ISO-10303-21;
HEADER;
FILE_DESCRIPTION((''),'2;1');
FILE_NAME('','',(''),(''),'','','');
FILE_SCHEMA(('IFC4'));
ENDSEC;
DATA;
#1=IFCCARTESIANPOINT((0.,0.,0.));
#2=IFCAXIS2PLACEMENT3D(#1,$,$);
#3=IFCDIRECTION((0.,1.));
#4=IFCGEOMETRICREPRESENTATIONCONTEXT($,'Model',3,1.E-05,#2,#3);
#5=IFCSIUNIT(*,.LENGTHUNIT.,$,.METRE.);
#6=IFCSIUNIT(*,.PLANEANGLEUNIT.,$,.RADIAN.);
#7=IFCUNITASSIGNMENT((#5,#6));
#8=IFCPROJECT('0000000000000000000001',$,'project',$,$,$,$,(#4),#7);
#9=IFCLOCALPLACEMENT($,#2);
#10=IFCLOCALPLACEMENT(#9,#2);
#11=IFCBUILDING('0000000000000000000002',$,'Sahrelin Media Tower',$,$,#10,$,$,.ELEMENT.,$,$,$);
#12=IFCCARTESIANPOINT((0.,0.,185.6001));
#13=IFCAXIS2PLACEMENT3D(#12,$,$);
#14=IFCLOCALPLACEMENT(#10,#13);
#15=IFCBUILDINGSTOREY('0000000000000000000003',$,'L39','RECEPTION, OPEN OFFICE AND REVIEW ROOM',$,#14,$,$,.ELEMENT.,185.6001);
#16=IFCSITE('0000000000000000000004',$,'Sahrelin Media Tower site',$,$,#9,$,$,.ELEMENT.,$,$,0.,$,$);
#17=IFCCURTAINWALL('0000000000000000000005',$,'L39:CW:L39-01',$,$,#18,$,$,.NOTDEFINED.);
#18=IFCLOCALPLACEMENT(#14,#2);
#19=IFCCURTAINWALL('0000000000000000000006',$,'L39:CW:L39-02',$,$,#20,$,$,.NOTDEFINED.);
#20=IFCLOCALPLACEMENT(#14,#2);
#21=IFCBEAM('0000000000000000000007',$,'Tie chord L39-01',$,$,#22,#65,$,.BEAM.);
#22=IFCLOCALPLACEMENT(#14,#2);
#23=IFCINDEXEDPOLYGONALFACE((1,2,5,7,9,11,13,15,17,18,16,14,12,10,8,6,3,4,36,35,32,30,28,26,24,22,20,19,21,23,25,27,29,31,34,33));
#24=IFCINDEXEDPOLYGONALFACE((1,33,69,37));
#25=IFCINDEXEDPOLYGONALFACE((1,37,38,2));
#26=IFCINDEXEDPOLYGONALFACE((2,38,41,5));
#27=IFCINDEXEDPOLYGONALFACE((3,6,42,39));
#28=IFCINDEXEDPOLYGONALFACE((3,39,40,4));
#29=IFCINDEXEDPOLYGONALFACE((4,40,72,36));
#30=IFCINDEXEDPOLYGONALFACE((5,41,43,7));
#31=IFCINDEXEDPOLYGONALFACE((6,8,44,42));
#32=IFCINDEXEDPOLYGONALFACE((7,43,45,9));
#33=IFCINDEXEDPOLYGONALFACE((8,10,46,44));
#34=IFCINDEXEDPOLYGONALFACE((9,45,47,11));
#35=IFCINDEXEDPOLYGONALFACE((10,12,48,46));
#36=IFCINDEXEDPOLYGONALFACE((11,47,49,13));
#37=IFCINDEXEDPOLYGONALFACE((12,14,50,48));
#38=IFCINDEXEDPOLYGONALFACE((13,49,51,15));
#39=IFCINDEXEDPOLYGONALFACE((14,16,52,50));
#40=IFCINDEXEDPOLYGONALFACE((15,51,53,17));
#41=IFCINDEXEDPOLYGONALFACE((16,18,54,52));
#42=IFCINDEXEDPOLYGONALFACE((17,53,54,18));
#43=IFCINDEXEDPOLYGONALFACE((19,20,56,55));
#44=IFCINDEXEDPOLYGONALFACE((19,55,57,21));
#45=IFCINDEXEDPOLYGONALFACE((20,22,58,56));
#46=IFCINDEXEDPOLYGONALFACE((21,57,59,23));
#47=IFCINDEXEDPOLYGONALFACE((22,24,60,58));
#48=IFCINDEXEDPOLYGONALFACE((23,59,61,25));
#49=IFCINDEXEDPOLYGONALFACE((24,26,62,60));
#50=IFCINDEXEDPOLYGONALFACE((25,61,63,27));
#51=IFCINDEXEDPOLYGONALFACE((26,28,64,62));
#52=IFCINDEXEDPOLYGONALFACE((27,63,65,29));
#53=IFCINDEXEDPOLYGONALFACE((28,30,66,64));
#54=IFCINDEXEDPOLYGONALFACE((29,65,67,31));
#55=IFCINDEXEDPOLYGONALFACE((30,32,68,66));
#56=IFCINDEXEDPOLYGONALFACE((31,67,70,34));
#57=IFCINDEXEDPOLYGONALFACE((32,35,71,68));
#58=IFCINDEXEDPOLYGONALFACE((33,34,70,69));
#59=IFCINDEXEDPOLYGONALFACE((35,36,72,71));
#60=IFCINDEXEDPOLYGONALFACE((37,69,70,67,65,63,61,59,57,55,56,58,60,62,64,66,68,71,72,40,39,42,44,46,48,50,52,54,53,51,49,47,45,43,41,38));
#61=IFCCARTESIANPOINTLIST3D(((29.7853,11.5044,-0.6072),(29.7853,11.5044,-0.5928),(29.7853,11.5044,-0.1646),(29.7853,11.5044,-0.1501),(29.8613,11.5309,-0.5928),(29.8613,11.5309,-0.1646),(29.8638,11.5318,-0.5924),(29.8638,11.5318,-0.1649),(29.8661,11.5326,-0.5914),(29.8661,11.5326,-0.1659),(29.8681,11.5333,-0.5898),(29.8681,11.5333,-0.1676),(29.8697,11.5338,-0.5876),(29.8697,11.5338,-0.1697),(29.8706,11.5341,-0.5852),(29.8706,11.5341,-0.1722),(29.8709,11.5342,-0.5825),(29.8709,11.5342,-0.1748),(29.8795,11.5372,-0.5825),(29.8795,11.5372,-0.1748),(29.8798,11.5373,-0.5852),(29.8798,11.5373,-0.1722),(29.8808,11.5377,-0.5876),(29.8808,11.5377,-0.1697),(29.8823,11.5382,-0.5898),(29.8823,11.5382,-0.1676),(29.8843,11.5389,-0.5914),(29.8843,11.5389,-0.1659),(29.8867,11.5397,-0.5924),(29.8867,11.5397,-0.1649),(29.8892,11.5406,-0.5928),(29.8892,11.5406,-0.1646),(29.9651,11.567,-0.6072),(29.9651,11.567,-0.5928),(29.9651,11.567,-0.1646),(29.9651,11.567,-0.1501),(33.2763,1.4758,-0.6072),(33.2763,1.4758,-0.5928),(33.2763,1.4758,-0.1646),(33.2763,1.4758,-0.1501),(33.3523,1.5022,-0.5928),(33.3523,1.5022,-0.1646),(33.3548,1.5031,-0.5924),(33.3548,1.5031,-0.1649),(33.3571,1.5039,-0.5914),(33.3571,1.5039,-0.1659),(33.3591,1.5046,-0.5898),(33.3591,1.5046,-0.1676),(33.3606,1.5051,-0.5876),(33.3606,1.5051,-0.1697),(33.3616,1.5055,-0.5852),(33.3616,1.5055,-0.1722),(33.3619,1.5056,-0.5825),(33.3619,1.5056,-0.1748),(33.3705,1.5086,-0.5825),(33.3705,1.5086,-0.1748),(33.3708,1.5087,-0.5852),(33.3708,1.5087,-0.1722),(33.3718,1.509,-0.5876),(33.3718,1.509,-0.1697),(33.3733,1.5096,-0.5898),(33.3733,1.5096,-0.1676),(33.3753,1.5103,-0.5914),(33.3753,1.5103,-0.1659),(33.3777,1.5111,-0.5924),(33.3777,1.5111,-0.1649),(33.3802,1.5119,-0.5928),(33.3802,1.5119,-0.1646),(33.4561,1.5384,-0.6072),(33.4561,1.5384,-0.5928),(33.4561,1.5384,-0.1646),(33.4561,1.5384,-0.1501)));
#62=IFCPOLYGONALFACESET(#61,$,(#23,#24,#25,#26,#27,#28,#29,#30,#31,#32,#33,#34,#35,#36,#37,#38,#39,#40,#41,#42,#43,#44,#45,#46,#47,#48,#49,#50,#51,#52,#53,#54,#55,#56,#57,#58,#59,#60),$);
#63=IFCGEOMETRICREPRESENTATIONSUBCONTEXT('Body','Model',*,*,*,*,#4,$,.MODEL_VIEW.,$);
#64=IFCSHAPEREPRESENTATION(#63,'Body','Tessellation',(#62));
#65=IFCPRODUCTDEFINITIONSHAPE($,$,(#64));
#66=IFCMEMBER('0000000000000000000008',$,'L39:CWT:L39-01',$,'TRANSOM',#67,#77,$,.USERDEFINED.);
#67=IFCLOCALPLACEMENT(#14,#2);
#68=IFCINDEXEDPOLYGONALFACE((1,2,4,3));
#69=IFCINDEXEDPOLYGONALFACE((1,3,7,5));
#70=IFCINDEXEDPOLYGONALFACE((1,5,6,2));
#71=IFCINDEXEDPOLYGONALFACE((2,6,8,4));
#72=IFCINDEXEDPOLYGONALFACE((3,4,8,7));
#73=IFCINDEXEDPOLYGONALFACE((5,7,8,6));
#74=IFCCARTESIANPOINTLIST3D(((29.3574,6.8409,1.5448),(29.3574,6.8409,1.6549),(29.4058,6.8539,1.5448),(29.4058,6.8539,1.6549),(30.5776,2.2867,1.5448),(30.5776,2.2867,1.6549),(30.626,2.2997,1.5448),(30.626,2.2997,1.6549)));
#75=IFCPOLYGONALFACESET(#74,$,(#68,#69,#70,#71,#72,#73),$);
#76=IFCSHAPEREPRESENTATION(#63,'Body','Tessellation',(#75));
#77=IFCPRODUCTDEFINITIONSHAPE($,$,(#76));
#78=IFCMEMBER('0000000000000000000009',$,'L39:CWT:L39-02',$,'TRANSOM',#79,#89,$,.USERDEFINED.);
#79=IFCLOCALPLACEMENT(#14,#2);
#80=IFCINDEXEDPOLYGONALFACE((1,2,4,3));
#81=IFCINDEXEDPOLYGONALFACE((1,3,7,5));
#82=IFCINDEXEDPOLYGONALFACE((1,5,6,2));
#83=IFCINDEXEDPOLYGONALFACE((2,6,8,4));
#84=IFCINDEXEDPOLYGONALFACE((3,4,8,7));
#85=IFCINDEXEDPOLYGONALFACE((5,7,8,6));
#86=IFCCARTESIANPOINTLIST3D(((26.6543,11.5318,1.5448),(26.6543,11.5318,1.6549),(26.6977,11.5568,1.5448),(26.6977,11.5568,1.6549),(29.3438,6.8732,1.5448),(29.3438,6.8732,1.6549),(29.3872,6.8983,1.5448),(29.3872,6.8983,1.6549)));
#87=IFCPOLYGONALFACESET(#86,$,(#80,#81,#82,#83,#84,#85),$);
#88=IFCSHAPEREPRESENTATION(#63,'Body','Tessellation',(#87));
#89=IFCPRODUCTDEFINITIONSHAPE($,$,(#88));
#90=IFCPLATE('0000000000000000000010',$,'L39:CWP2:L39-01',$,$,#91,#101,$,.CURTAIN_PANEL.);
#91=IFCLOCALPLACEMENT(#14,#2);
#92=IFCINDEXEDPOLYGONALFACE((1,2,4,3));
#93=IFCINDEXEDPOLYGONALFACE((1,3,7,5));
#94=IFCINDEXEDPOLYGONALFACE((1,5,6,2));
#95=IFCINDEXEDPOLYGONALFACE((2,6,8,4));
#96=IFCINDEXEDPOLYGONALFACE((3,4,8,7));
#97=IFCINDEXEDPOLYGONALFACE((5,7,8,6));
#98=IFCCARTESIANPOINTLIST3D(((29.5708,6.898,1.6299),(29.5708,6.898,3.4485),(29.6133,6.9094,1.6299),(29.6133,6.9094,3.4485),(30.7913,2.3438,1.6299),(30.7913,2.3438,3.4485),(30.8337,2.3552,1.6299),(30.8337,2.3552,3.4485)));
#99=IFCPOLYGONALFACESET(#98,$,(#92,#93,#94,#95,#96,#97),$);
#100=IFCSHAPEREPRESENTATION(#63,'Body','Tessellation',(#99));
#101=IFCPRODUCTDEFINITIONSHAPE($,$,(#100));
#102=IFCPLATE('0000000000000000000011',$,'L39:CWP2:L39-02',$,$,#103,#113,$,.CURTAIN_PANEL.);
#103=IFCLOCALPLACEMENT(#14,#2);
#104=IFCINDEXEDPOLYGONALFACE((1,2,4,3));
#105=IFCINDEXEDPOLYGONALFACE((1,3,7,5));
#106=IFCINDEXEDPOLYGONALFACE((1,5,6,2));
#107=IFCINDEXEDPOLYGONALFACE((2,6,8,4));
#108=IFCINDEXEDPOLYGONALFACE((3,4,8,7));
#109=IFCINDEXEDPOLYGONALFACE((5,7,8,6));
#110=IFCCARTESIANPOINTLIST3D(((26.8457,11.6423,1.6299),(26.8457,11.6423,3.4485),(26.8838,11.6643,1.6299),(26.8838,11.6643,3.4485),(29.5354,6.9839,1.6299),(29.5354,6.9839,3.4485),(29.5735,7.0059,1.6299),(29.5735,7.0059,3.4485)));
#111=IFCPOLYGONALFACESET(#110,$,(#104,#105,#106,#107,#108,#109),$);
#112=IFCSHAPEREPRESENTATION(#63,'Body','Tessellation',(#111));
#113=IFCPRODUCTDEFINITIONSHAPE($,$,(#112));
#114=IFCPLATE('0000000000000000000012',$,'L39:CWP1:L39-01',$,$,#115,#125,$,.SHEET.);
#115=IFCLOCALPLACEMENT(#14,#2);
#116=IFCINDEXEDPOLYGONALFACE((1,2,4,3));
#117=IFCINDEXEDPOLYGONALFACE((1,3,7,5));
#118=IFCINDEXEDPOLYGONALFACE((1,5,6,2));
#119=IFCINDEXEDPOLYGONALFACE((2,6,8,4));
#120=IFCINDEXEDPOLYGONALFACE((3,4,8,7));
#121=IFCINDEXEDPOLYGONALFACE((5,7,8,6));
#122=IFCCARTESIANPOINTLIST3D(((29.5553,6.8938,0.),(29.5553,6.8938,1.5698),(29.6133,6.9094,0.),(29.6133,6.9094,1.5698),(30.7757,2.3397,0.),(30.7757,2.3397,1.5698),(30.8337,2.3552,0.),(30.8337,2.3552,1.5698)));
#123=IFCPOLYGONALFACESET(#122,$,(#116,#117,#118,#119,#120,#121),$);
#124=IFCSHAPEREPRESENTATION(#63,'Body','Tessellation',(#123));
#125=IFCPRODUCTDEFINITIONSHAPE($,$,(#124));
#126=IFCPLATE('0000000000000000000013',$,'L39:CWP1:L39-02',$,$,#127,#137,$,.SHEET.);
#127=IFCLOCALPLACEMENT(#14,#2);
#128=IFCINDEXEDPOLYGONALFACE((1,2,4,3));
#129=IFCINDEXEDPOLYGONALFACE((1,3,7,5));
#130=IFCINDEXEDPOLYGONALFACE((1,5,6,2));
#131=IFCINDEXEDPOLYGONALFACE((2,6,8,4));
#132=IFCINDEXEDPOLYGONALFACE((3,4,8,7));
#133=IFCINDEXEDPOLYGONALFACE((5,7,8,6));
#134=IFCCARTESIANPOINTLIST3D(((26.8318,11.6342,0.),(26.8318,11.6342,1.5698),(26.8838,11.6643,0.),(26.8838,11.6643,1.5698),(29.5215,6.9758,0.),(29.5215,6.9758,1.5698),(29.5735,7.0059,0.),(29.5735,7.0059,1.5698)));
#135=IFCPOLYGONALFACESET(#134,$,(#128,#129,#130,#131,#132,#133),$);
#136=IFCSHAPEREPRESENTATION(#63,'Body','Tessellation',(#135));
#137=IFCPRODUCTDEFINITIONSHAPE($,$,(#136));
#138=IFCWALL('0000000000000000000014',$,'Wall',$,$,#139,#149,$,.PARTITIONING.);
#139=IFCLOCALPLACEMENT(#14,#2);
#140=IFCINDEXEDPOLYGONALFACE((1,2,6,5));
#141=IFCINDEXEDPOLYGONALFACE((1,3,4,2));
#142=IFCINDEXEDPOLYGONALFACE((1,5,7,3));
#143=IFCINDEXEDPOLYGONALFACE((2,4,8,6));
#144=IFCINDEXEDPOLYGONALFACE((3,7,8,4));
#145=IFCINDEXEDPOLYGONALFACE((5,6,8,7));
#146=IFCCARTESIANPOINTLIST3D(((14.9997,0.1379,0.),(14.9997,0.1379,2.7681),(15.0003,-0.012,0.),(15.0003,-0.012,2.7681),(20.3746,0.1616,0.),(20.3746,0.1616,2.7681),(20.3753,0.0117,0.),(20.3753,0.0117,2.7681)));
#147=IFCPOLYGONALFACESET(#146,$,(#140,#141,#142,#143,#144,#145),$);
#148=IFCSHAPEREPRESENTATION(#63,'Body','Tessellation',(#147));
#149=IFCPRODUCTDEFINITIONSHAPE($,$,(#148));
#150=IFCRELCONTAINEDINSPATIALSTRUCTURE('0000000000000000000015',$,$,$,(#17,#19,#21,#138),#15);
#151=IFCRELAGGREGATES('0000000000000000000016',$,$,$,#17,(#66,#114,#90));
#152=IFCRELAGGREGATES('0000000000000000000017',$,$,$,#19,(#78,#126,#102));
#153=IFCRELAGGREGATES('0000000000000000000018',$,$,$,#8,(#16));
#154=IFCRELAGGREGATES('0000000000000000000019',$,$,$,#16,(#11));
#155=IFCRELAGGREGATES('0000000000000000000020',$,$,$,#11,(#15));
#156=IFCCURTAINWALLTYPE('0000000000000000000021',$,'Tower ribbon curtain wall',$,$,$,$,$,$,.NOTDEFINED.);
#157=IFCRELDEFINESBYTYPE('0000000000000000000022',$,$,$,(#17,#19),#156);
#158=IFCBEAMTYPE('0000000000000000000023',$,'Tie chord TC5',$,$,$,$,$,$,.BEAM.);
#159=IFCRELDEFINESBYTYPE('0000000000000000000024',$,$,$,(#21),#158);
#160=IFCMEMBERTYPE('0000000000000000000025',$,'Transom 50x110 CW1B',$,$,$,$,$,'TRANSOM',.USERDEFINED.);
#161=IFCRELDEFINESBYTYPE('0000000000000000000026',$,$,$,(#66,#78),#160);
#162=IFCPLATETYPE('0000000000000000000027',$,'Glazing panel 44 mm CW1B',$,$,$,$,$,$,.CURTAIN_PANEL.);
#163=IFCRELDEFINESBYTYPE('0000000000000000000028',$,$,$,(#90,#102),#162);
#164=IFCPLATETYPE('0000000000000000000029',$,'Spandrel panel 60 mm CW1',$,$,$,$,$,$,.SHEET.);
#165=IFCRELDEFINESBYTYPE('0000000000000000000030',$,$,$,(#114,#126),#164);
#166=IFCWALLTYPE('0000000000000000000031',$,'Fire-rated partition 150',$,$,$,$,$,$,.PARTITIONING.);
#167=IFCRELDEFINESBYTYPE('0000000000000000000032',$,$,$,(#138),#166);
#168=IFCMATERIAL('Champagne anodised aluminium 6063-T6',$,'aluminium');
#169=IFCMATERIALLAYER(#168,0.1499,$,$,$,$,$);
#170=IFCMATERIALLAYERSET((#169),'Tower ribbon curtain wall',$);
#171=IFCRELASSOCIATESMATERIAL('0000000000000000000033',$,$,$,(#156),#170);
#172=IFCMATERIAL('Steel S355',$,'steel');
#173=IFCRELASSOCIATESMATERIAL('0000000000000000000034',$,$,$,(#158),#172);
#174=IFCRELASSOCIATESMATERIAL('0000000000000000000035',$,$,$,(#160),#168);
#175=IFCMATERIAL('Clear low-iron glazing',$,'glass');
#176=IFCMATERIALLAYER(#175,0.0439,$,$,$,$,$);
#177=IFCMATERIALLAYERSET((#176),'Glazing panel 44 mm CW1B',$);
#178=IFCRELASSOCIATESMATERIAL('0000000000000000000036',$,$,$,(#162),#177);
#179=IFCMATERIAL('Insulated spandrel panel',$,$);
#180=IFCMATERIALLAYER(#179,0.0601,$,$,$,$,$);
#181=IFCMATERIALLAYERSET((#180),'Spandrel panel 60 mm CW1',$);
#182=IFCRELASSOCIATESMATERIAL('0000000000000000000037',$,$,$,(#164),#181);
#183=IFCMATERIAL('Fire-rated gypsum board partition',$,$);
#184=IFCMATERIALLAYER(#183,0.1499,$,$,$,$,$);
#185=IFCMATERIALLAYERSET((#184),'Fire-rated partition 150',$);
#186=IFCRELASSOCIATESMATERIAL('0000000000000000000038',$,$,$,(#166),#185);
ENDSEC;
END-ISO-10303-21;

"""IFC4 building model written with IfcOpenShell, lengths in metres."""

from ifc_helpers import new_model, si_unit, direction, frame, frame_2d, origin, origin_2d, place, context, subcontext, project, spatial, polyline, rectangle, i_section, outline, extrude, material, layer, layer_set, material_profile, profile_set, type_object, element, aggregate, save


model = new_model("IFC4")

# Units and contexts
model_context = context("Model", 3, precision=1e-05, world=origin(), true_north=direction((0.0, 1.0)))
body_context = subcontext(model_context, "Body", "Model", "MODEL_VIEW")
ifc_project = project(units=[si_unit("LENGTHUNIT", "METRE"), si_unit("PLANEANGLEUNIT", "RADIAN")], contexts=[model_context])

# Site, building, storey
site_placement = place(None, origin())
site = spatial("IfcSite", under=ifc_project, at=site_placement, Name="Sahrelin Media Tower site", CompositionType="ELEMENT", RefElevation=0.0)
building_placement = place(site_placement, origin())
building = spatial("IfcBuilding", under=site, at=building_placement, Name="Sahrelin Media Tower", CompositionType="ELEMENT")
storey_placement = place(building_placement, frame((0.0, 0.0, 185.6001)))
storey = spatial("IfcBuildingStorey", under=building, at=storey_placement, Name="L39", Description="RECEPTION, OPEN OFFICE AND REVIEW ROOM", CompositionType="ELEMENT", Elevation=185.6001)

# Shared definitions
ifc_material_1 = material(Name="Steel S355", Category="steel")

# Curtain walls
ifc_material_2 = material(Name="Champagne anodised aluminium 6063-T6", Category="aluminium")
ifc_layer_1 = layer(ifc_material_2, 0.1499)
ifc_layer_set_1 = layer_set([ifc_layer_1], Name="Tower ribbon curtain wall")
curtain_wall_type = type_object("IfcCurtainWallType", Name="Tower ribbon curtain wall", PredefinedType="NOTDEFINED", material=ifc_layer_set_1)
curtain_wall_1_placement = place(storey_placement, frame((30.2041, 4.6272, 0.0), z_axis=(0.0, 0.0, 1.0), x_axis=(1.0, 0.0, 0.0)))
curtain_wall_1 = element("IfcCurtainWall", 1, at=curtain_wall_1_placement, inside=storey, type_object=curtain_wall_type, Name="L39:CW:L39-01", PredefinedType="NOTDEFINED")
curtain_wall_2_placement = place(storey_placement, frame((28.2112, 9.325, 0.0), z_axis=(0.0, 0.0, 1.0), x_axis=(1.0, 0.0, 0.0)))
curtain_wall_2 = element("IfcCurtainWall", 2, at=curtain_wall_2_placement, inside=storey, type_object=curtain_wall_type, Name="L39:CW:L39-02", PredefinedType="NOTDEFINED")

# Beam
ifc_material_profile_1 = material_profile(ifc_material_1, i_section(OverallWidth=0.1904, OverallDepth=0.457, WebThickness=0.009, FlangeThickness=0.0144, FilletRadius=0.0103, at=origin_2d()), Name="UB 457x191x74")
ifc_profile_set_1 = profile_set([ifc_material_profile_1], Name="Steel S355")
beam_type_1 = type_object("IfcBeamType", Name="Tie chord TC5", PredefinedType="BEAM", material=ifc_profile_set_1)
beam_1_placement = place(storey_placement, frame((33.3662, 1.5071, -0.3787), z_axis=(-0.328753, 0.944416, 0.0), x_axis=(-0.944416, -0.328753, 0.0)))
element("IfcBeam", 3, at=beam_1_placement, inside=storey, type_object=beam_type_1, Name="Tie chord L39-01", PredefinedType="BEAM", context=body_context, shape_type="SweptSolid", body=[
    extrude(i_section(OverallWidth=0.1904, OverallDepth=0.457, WebThickness=0.009, FlangeThickness=0.0144, FilletRadius=0.0103, at=origin_2d()), origin(), (0.0, 0.0, 1.0), 10.6189),
])

# Members
ifc_material_profile_2 = material_profile(ifc_material_2, rectangle(XDim=0.05, YDim=0.1101, at=origin_2d()), Name="Transom 50x110")
ifc_profile_set_2 = profile_set([ifc_material_profile_2], Name="Champagne anodised aluminium 6063-T6")
member_type_1 = type_object("IfcMemberType", Name="Transom 50x110 CW1B", ElementType="TRANSOM", PredefinedType="USERDEFINED", material=ifc_profile_set_2)
member_1_placement = place(storey_placement, frame((30.6018, 2.2932, 1.5999), z_axis=(-0.258803, 0.96593, 0.0), x_axis=(-0.96593, -0.258803, 0.0)))
member_1 = element("IfcMember", 4, at=member_1_placement, type_object=member_type_1, Name="L39:CWT:L39-01", ObjectType="TRANSOM", PredefinedType="USERDEFINED", context=body_context, shape_type="SweptSolid", body=[
    extrude(rectangle(XDim=0.05, YDim=0.1101, at=origin_2d()), origin(), (0.0, 0.0, 1.0), 4.7148),
])
member_2_placement = place(storey_placement, frame((29.3655, 6.8857, 1.5999), z_axis=(-0.499986, 0.866034, 0.0), x_axis=(-0.866034, -0.499986, 0.0)))
member_2 = element("IfcMember", 5, at=member_2_placement, type_object=member_type_1, Name="L39:CWT:L39-02", ObjectType="TRANSOM", PredefinedType="USERDEFINED", context=body_context, shape_type="SweptSolid", body=[
    extrude(rectangle(XDim=0.05, YDim=0.1101, at=origin_2d()), origin(), (0.0, 0.0, 1.0), 5.3792),
])

# Plates
ifc_material_3 = material(Name="Clear low-iron glazing", Category="glass")
ifc_layer_2 = layer(ifc_material_3, 0.0439)
ifc_layer_set_2 = layer_set([ifc_layer_2], Name="Glazing panel 44 mm CW1B")
plate_type_1 = type_object("IfcPlateType", Name="Glazing panel 44 mm CW1B", PredefinedType="CURTAIN_PANEL", material=ifc_layer_set_2)
plate_1_placement = place(storey_placement, frame((30.8337, 2.3552, 1.6299), z_axis=(0.965917, 0.258852, 0.0), x_axis=(-0.258852, 0.965917, 0.0)))
plate_1 = element("IfcPlate", 6, at=plate_1_placement, type_object=plate_type_1, Name="L39:CWP2:L39-01", PredefinedType="CURTAIN_PANEL", context=body_context, shape_type="SweptSolid", body=[
    extrude(outline(polyline([(0.0, 0.0), (4.7148, 0.0), (4.7148, 1.8186), (0.0, 1.8186), (0.0, 0.0)])), origin(), (0.0, 0.0, -1.0), 0.0439),
])
plate_2_placement = place(storey_placement, frame((29.5735, 7.0059, 1.6299), z_axis=(0.866014, 0.50002, 0.0), x_axis=(-0.50002, 0.866014, 0.0)))
plate_2 = element("IfcPlate", 7, at=plate_2_placement, type_object=plate_type_1, Name="L39:CWP2:L39-02", PredefinedType="CURTAIN_PANEL", context=body_context, shape_type="SweptSolid", body=[
    extrude(outline(polyline([(0.0, 0.0), (5.3792, 0.0), (5.3792, 1.8186), (0.0, 1.8186), (0.0, 0.0)])), origin(), (0.0, 0.0, -1.0), 0.0439),
])
ifc_material_4 = material(Name="Insulated spandrel panel")
ifc_layer_3 = layer(ifc_material_4, 0.0601)
ifc_layer_set_3 = layer_set([ifc_layer_3], Name="Spandrel panel 60 mm CW1")
plate_type_2 = type_object("IfcPlateType", Name="Spandrel panel 60 mm CW1", PredefinedType="SHEET", material=ifc_layer_set_3)
plate_3_placement = place(storey_placement, frame((30.8337, 2.3552, 0.0), z_axis=(0.965917, 0.258852, 0.0), x_axis=(-0.258852, 0.965917, 0.0)))
plate_3 = element("IfcPlate", 8, at=plate_3_placement, type_object=plate_type_2, Name="L39:CWP1:L39-01", PredefinedType="SHEET", context=body_context, shape_type="SweptSolid", body=[
    extrude(outline(polyline([(0.0, 0.0), (4.7148, 0.0), (4.7148, 1.5698), (0.0, 1.5698), (0.0, 0.0)])), origin(), (0.0, 0.0, -1.0), 0.0601),
])
aggregate(curtain_wall_1, [member_1, plate_3, plate_1])
plate_4_placement = place(storey_placement, frame((29.5735, 7.0059, 0.0), z_axis=(0.866014, 0.50002, 0.0), x_axis=(-0.50002, 0.866014, 0.0)))
plate_4 = element("IfcPlate", 9, at=plate_4_placement, type_object=plate_type_2, Name="L39:CWP1:L39-02", PredefinedType="SHEET", context=body_context, shape_type="SweptSolid", body=[
    extrude(outline(polyline([(0.0, 0.0), (5.3792, 0.0), (5.3792, 1.5698), (0.0, 1.5698), (0.0, 0.0)])), origin(), (0.0, 0.0, -1.0), 0.0601),
])
aggregate(curtain_wall_2, [member_2, plate_4, plate_2])

# Wall
ifc_material_5 = material(Name="Fire-rated gypsum board partition")
ifc_layer_4 = layer(ifc_material_5, 0.1499)
ifc_layer_set_4 = layer_set([ifc_layer_4], Name="Fire-rated partition 150")
wall_type = type_object("IfcWallType", Name="Fire-rated partition 150", PredefinedType="PARTITIONING", material=ifc_layer_set_4)
wall_placement = place(storey_placement, frame((15.0, 0.063, 0.0), z_axis=(0.0, 0.0, 1.0), x_axis=(0.99999, 0.004406, 0.0)))
element("IfcWall", 10, at=wall_placement, inside=storey, type_object=wall_type, Name="Wall", PredefinedType="PARTITIONING", context=body_context, shape_type="SweptSolid", body=[
    extrude(rectangle(XDim=5.375, YDim=0.1499, at=frame_2d((2.6875, 0.0))), origin(), (0.0, 0.0, 1.0), 2.7681),
])

save(model, "model.ifc")
